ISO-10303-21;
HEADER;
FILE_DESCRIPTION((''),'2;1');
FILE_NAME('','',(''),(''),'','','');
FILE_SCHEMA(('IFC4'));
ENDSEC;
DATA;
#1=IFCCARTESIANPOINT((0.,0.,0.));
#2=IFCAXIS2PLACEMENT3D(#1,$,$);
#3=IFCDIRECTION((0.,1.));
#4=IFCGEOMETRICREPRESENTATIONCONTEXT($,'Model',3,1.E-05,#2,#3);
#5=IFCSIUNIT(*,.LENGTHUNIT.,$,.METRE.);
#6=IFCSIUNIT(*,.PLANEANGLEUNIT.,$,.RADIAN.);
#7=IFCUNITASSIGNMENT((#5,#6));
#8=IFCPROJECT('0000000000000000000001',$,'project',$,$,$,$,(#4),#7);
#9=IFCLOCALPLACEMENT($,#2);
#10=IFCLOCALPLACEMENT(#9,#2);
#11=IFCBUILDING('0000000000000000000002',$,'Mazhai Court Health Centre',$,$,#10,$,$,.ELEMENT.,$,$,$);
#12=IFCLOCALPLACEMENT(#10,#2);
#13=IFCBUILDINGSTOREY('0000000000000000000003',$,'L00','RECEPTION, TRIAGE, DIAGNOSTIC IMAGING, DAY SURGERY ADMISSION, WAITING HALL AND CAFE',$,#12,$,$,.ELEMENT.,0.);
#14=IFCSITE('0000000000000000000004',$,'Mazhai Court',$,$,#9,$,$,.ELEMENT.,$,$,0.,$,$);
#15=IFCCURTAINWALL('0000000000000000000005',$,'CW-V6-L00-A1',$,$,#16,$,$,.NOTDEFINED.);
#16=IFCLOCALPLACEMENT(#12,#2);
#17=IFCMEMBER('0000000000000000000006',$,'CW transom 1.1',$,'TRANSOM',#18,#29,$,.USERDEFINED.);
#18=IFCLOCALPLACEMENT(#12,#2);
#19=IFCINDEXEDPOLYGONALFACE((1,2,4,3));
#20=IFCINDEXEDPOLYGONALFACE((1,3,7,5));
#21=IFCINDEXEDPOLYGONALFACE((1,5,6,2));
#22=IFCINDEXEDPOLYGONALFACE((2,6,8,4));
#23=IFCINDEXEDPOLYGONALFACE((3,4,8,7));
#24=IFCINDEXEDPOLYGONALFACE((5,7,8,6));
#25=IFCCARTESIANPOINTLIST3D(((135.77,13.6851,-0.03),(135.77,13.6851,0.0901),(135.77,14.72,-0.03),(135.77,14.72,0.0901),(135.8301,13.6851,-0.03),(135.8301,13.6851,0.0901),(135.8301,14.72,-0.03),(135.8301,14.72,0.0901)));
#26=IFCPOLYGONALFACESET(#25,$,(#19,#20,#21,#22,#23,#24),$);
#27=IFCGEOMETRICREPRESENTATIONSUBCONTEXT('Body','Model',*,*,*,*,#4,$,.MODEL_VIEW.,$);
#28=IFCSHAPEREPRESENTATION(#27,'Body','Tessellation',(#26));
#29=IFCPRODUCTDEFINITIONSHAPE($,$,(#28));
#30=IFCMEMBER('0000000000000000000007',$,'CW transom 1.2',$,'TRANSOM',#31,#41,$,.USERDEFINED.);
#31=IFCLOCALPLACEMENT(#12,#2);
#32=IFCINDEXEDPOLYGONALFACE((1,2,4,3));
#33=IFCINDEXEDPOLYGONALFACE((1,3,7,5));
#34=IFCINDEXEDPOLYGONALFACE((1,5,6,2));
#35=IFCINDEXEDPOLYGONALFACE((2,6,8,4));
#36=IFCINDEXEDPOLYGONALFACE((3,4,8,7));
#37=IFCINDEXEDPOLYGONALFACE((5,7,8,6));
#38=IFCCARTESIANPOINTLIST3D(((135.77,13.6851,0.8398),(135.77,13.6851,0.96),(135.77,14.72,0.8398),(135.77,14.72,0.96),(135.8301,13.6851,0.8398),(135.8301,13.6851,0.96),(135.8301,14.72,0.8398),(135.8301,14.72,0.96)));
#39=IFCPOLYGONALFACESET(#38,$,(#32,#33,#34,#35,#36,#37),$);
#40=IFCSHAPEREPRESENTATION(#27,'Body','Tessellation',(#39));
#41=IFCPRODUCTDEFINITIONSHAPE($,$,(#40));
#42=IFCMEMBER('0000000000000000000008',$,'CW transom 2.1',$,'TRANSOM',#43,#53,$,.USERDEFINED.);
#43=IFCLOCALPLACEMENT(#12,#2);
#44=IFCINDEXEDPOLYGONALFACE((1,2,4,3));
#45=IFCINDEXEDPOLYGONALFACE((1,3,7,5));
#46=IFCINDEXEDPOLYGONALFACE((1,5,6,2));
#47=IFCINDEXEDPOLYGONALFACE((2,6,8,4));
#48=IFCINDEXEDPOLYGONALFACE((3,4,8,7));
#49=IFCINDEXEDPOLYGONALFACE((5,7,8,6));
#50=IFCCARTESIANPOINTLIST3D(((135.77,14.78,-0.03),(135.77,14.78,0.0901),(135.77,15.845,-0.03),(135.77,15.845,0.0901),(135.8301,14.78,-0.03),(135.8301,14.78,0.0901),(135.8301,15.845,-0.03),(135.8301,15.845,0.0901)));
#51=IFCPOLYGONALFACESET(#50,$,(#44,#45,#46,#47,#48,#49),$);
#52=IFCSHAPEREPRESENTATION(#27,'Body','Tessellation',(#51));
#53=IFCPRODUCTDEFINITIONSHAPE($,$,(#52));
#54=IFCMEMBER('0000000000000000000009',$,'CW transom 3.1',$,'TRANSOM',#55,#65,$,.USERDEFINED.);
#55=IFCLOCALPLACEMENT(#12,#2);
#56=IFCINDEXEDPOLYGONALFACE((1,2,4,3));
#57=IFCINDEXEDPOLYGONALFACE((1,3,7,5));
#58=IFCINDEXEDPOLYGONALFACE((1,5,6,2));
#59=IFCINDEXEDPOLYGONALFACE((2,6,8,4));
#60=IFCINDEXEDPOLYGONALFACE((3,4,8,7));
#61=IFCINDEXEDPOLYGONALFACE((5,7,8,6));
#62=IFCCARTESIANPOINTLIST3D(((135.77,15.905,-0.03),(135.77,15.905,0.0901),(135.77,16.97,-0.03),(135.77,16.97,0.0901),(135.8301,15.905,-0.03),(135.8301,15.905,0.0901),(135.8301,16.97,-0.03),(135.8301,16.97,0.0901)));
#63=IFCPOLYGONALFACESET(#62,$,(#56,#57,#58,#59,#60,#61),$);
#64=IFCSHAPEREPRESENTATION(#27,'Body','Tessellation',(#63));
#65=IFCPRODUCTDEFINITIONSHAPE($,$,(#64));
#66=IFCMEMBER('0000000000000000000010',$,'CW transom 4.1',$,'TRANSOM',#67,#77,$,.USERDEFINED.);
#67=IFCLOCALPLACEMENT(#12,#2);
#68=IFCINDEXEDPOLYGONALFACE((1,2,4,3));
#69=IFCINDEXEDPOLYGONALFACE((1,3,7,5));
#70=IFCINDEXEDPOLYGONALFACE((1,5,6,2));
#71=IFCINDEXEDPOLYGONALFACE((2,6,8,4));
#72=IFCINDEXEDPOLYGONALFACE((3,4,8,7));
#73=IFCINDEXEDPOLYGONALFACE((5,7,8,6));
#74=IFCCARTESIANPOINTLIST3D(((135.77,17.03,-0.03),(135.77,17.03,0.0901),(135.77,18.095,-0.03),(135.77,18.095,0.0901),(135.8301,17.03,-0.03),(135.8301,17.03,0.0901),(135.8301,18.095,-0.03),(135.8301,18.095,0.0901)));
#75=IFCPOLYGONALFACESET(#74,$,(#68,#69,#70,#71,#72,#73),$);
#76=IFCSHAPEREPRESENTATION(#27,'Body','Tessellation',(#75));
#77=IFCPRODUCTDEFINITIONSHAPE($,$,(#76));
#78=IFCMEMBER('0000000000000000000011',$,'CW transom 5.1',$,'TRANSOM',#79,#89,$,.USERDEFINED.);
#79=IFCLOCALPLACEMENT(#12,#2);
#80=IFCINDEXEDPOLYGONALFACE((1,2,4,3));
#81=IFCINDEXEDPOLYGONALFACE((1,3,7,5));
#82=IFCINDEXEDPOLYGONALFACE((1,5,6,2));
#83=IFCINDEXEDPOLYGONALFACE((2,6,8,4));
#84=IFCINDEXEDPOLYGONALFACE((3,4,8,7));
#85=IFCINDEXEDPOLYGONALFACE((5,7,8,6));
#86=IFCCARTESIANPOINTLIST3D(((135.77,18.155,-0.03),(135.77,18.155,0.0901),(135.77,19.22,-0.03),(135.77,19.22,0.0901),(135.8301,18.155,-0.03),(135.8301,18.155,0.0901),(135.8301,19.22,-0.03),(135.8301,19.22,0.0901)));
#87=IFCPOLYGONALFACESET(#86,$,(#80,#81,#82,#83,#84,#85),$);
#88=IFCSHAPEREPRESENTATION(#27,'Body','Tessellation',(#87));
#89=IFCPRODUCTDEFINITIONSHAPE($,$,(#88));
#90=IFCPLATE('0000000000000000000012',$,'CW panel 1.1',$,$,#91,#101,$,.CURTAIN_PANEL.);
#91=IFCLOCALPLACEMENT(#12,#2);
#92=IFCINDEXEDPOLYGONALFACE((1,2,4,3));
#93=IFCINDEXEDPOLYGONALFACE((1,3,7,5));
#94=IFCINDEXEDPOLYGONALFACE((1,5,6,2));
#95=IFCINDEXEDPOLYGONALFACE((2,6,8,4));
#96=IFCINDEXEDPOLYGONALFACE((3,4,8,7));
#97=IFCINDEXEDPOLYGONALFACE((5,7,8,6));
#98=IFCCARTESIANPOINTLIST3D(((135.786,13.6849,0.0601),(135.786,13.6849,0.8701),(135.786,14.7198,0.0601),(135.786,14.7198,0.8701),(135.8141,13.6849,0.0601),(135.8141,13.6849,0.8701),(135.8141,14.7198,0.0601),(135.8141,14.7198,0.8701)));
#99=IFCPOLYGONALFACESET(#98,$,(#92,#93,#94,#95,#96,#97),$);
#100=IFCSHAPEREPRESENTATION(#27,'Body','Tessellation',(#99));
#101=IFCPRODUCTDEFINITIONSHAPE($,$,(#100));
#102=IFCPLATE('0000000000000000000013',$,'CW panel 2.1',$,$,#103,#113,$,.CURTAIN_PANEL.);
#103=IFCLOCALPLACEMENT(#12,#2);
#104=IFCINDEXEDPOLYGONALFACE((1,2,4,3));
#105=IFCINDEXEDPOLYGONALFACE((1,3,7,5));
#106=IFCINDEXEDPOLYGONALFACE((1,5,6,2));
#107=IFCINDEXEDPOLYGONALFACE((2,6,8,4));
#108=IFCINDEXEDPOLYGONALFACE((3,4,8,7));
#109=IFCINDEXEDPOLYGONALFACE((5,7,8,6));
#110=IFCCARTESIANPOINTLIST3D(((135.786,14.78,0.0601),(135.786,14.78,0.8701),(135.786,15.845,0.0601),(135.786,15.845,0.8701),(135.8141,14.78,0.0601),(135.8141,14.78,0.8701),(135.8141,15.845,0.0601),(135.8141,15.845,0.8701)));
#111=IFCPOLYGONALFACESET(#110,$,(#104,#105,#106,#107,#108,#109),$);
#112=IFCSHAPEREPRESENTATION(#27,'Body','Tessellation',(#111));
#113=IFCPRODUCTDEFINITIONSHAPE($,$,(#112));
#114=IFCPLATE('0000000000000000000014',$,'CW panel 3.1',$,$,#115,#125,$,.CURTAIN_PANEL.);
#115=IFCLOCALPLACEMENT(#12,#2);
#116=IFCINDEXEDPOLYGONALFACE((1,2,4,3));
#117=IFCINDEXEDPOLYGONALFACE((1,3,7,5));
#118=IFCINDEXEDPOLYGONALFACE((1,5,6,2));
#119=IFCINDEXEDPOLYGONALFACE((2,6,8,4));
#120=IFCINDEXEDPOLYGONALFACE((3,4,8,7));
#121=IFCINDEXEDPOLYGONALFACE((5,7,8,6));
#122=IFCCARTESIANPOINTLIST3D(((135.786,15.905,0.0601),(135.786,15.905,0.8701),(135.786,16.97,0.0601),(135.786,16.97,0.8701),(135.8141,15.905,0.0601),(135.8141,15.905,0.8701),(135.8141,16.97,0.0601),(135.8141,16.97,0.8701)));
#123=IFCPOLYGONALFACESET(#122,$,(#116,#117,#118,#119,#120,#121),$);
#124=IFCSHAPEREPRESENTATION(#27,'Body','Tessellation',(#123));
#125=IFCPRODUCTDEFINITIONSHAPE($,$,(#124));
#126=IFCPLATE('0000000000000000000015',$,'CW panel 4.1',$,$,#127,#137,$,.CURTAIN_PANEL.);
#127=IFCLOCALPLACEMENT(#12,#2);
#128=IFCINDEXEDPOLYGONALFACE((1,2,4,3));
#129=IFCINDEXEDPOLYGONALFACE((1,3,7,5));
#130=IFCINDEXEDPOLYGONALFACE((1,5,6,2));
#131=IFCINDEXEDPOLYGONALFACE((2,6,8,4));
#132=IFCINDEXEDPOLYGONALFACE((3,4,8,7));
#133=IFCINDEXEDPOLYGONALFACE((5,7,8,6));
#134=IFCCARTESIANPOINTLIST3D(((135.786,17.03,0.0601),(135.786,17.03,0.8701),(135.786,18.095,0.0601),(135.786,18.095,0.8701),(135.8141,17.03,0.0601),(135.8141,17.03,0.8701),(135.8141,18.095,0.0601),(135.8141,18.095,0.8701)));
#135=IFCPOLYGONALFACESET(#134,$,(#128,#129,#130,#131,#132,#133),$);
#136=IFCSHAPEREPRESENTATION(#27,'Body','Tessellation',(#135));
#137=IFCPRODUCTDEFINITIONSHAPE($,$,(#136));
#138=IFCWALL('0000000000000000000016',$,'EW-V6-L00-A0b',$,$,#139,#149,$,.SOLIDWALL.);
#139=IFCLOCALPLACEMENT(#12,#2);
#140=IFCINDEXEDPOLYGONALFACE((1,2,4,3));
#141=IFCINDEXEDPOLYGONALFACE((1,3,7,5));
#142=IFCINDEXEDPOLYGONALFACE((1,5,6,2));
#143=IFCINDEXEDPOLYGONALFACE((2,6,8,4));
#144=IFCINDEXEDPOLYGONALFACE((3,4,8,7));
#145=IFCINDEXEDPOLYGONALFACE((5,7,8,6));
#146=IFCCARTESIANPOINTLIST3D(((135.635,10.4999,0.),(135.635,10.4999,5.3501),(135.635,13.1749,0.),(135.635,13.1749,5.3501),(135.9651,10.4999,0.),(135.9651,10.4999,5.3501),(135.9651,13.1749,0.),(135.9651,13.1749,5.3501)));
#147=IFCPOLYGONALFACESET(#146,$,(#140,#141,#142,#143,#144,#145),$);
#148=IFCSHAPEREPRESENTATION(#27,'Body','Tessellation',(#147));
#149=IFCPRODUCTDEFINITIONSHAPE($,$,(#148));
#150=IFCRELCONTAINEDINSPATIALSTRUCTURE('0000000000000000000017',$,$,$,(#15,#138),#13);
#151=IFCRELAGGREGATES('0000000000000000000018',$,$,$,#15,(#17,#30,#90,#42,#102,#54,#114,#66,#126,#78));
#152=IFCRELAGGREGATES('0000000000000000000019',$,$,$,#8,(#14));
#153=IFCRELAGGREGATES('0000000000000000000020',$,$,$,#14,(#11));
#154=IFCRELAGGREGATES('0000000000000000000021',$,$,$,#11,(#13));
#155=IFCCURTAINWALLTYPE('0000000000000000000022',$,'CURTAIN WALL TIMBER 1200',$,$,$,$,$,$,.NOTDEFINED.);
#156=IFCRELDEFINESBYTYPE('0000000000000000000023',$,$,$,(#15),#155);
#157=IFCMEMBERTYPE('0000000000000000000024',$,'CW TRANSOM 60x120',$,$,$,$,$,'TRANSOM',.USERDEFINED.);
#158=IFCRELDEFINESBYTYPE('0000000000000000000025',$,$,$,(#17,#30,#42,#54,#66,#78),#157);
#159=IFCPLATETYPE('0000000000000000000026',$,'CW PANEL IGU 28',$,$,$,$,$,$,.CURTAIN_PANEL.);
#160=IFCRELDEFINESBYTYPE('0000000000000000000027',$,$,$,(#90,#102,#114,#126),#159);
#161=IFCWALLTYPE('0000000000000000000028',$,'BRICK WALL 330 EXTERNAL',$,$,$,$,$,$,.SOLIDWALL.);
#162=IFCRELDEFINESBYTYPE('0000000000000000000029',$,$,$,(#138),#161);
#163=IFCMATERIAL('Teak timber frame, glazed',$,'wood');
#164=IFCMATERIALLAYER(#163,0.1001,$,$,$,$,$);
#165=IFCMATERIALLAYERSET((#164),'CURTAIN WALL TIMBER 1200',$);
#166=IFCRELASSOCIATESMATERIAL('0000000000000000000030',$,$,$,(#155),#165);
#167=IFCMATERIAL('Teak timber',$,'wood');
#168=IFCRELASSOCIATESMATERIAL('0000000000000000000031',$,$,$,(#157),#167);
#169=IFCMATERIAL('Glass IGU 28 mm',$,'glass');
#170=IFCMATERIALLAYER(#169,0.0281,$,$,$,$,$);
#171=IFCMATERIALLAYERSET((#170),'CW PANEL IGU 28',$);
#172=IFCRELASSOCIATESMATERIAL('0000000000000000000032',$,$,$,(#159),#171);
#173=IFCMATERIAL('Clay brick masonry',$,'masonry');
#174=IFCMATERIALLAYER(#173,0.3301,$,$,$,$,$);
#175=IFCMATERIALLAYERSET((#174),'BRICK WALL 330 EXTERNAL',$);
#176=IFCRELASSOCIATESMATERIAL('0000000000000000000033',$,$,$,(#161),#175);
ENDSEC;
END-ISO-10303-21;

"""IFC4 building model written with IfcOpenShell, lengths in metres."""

from ifc_helpers import new_model, si_unit, direction, frame, frame_2d, origin, origin_2d, place, context, subcontext, project, spatial, rectangle, extrude, material, layer, layer_set, material_profile, profile_set, type_object, element, aggregate, save


model = new_model("IFC4")

# Units and contexts
model_context = context("Model", 3, precision=1e-05, world=origin(), true_north=direction((0.0, 1.0)))
body_context = subcontext(model_context, "Body", "Model", "MODEL_VIEW")
ifc_project = project(units=[si_unit("LENGTHUNIT", "METRE"), si_unit("PLANEANGLEUNIT", "RADIAN")], contexts=[model_context])

# Site, building, storey
site_placement = place(None, origin())
site = spatial("IfcSite", under=ifc_project, at=site_placement, Name="Mazhai Court", CompositionType="ELEMENT", RefElevation=0.0)
building_placement = place(site_placement, origin())
building = spatial("IfcBuilding", under=site, at=building_placement, Name="Mazhai Court Health Centre", CompositionType="ELEMENT")
storey_placement = place(building_placement, origin())
storey = spatial("IfcBuildingStorey", under=building, at=storey_placement, Name="L00", Description="RECEPTION, TRIAGE, DIAGNOSTIC IMAGING, DAY SURGERY ADMISSION, WAITING HALL AND CAFE", CompositionType="ELEMENT", Elevation=0.0)

# Curtain wall, members, plates
ifc_material_1 = material(Name="Teak timber frame, glazed", Category="wood")
ifc_layer_1 = layer(ifc_material_1, 0.1001)
ifc_layer_set_1 = layer_set([ifc_layer_1], Name="CURTAIN WALL TIMBER 1200")
curtain_wall_type_1 = type_object("IfcCurtainWallType", Name="CURTAIN WALL TIMBER 1200", PredefinedType="NOTDEFINED", material=ifc_layer_set_1)
curtain_wall_1_placement = place(storey_placement, origin())
curtain_wall_1 = element("IfcCurtainWall", 1, at=curtain_wall_1_placement, inside=storey, type_object=curtain_wall_type_1, Name="CW-V6-L00-A1", PredefinedType="NOTDEFINED")
ifc_material_2 = material(Name="Teak timber", Category="wood")
ifc_material_profile_1 = material_profile(ifc_material_2, rectangle(XDim=0.0601, YDim=0.1201, at=origin_2d()), Name="CW TRANSOM 60x120")
ifc_profile_set_1 = profile_set([ifc_material_profile_1], Name="Teak timber")
member_type_1 = type_object("IfcMemberType", Name="CW TRANSOM 60x120", ElementType="TRANSOM", PredefinedType="USERDEFINED", material=ifc_profile_set_1)
member_1_placement = place(storey_placement, frame((135.8, 13.6851, 0.03), z_axis=(0.0, 1.0, 0.0), x_axis=(-1.0, 0.0, 0.0)))
member_1 = element("IfcMember", 2, at=member_1_placement, type_object=member_type_1, Name="CW transom 1.1", ObjectType="TRANSOM", PredefinedType="USERDEFINED", context=body_context, shape_type="SweptSolid", body=[
    extrude(rectangle(XDim=0.0601, YDim=0.1201, at=origin_2d()), origin(), (0.0, 0.0, 1.0), 1.0349),
])
member_2_placement = place(storey_placement, frame((135.8, 13.6851, 0.8999), z_axis=(0.0, 1.0, 0.0), x_axis=(-1.0, 0.0, 0.0)))
member_2 = element("IfcMember", 3, at=member_2_placement, type_object=member_type_1, Name="CW transom 1.2", ObjectType="TRANSOM", PredefinedType="USERDEFINED", context=body_context, shape_type="SweptSolid", body=[
    extrude(rectangle(XDim=0.0601, YDim=0.1201, at=origin_2d()), origin(), (0.0, 0.0, 1.0), 1.0349),
])
member_3_placement = place(storey_placement, frame((135.8, 14.78, 0.03), z_axis=(0.0, 1.0, 0.0), x_axis=(-1.0, 0.0, 0.0)))
member_3 = element("IfcMember", 4, at=member_3_placement, type_object=member_type_1, Name="CW transom 2.1", ObjectType="TRANSOM", PredefinedType="USERDEFINED", context=body_context, shape_type="SweptSolid", body=[
    extrude(rectangle(XDim=0.0601, YDim=0.1201, at=origin_2d()), origin(), (0.0, 0.0, 1.0), 1.0649),
])
member_4_placement = place(storey_placement, frame((135.8, 15.905, 0.03), z_axis=(0.0, 1.0, 0.0), x_axis=(-1.0, 0.0, 0.0)))
member_4 = element("IfcMember", 5, at=member_4_placement, type_object=member_type_1, Name="CW transom 3.1", ObjectType="TRANSOM", PredefinedType="USERDEFINED", context=body_context, shape_type="SweptSolid", body=[
    extrude(rectangle(XDim=0.0601, YDim=0.1201, at=origin_2d()), origin(), (0.0, 0.0, 1.0), 1.0649),
])
member_5_placement = place(storey_placement, frame((135.8, 17.03, 0.03), z_axis=(0.0, 1.0, 0.0), x_axis=(-1.0, 0.0, 0.0)))
member_5 = element("IfcMember", 6, at=member_5_placement, type_object=member_type_1, Name="CW transom 4.1", ObjectType="TRANSOM", PredefinedType="USERDEFINED", context=body_context, shape_type="SweptSolid", body=[
    extrude(rectangle(XDim=0.0601, YDim=0.1201, at=origin_2d()), origin(), (0.0, 0.0, 1.0), 1.0649),
])
member_6_placement = place(storey_placement, frame((135.8, 18.155, 0.03), z_axis=(0.0, 1.0, 0.0), x_axis=(-1.0, 0.0, 0.0)))
member_6 = element("IfcMember", 7, at=member_6_placement, type_object=member_type_1, Name="CW transom 5.1", ObjectType="TRANSOM", PredefinedType="USERDEFINED", context=body_context, shape_type="SweptSolid", body=[
    extrude(rectangle(XDim=0.0601, YDim=0.1201, at=origin_2d()), origin(), (0.0, 0.0, 1.0), 1.0649),
])
ifc_material_3 = material(Name="Glass IGU 28 mm", Category="glass")
ifc_layer_2 = layer(ifc_material_3, 0.0281)
ifc_layer_set_2 = layer_set([ifc_layer_2], Name="CW PANEL IGU 28")
plate_type = type_object("IfcPlateType", Name="CW PANEL IGU 28", PredefinedType="CURTAIN_PANEL", material=ifc_layer_set_2)
plate_1_placement = place(storey_placement, frame((135.8, 14.2024, 0.0601), z_axis=(0.0, 0.0, 1.0), x_axis=(0.0, 1.0, 0.0)))
plate_1 = element("IfcPlate", 8, at=plate_1_placement, type_object=plate_type, Name="CW panel 1.1", PredefinedType="CURTAIN_PANEL", context=body_context, shape_type="SweptSolid", body=[
    extrude(rectangle(XDim=1.0349, YDim=0.0281, at=origin_2d()), origin(), (0.0, 0.0, 1.0), 0.8101),
])
plate_2_placement = place(storey_placement, frame((135.8, 15.3125, 0.0601), z_axis=(0.0, 0.0, 1.0), x_axis=(0.0, 1.0, 0.0)))
plate_2 = element("IfcPlate", 9, at=plate_2_placement, type_object=plate_type, Name="CW panel 2.1", PredefinedType="CURTAIN_PANEL", context=body_context, shape_type="SweptSolid", body=[
    extrude(rectangle(XDim=1.0649, YDim=0.0281, at=origin_2d()), origin(), (0.0, 0.0, 1.0), 0.8101),
])
plate_3_placement = place(storey_placement, frame((135.8, 16.4375, 0.0601), z_axis=(0.0, 0.0, 1.0), x_axis=(0.0, 1.0, 0.0)))
plate_3 = element("IfcPlate", 10, at=plate_3_placement, type_object=plate_type, Name="CW panel 3.1", PredefinedType="CURTAIN_PANEL", context=body_context, shape_type="SweptSolid", body=[
    extrude(rectangle(XDim=1.0649, YDim=0.0281, at=origin_2d()), origin(), (0.0, 0.0, 1.0), 0.8101),
])
plate_4_placement = place(storey_placement, frame((135.8, 17.5625, 0.0601), z_axis=(0.0, 0.0, 1.0), x_axis=(0.0, 1.0, 0.0)))
plate_4 = element("IfcPlate", 11, at=plate_4_placement, type_object=plate_type, Name="CW panel 4.1", PredefinedType="CURTAIN_PANEL", context=body_context, shape_type="SweptSolid", body=[
    extrude(rectangle(XDim=1.0649, YDim=0.0281, at=origin_2d()), origin(), (0.0, 0.0, 1.0), 0.8101),
])
aggregate(curtain_wall_1, [member_1, member_2, plate_1, member_3, plate_2, member_4, plate_3, member_5, plate_4, member_6])

# Wall
ifc_material_4 = material(Name="Clay brick masonry", Category="masonry")
ifc_layer_3 = layer(ifc_material_4, 0.3301)
ifc_layer_set_3 = layer_set([ifc_layer_3], Name="BRICK WALL 330 EXTERNAL")
wall_type = type_object("IfcWallType", Name="BRICK WALL 330 EXTERNAL", PredefinedType="SOLIDWALL", material=ifc_layer_set_3)
wall_placement = place(storey_placement, frame((135.8, 10.5, 0.0), z_axis=(0.0, 0.0, 1.0), x_axis=(0.0, 1.0, 0.0)))
element("IfcWall", 12, at=wall_placement, inside=storey, type_object=wall_type, Name="EW-V6-L00-A0b", PredefinedType="SOLIDWALL", context=body_context, shape_type="SweptSolid", body=[
    extrude(rectangle(XDim=2.675, YDim=0.3301, at=frame_2d((1.3374, 0.0))), origin(), (0.0, 0.0, 1.0), 5.3501),
])

save(model, "model.ifc")
